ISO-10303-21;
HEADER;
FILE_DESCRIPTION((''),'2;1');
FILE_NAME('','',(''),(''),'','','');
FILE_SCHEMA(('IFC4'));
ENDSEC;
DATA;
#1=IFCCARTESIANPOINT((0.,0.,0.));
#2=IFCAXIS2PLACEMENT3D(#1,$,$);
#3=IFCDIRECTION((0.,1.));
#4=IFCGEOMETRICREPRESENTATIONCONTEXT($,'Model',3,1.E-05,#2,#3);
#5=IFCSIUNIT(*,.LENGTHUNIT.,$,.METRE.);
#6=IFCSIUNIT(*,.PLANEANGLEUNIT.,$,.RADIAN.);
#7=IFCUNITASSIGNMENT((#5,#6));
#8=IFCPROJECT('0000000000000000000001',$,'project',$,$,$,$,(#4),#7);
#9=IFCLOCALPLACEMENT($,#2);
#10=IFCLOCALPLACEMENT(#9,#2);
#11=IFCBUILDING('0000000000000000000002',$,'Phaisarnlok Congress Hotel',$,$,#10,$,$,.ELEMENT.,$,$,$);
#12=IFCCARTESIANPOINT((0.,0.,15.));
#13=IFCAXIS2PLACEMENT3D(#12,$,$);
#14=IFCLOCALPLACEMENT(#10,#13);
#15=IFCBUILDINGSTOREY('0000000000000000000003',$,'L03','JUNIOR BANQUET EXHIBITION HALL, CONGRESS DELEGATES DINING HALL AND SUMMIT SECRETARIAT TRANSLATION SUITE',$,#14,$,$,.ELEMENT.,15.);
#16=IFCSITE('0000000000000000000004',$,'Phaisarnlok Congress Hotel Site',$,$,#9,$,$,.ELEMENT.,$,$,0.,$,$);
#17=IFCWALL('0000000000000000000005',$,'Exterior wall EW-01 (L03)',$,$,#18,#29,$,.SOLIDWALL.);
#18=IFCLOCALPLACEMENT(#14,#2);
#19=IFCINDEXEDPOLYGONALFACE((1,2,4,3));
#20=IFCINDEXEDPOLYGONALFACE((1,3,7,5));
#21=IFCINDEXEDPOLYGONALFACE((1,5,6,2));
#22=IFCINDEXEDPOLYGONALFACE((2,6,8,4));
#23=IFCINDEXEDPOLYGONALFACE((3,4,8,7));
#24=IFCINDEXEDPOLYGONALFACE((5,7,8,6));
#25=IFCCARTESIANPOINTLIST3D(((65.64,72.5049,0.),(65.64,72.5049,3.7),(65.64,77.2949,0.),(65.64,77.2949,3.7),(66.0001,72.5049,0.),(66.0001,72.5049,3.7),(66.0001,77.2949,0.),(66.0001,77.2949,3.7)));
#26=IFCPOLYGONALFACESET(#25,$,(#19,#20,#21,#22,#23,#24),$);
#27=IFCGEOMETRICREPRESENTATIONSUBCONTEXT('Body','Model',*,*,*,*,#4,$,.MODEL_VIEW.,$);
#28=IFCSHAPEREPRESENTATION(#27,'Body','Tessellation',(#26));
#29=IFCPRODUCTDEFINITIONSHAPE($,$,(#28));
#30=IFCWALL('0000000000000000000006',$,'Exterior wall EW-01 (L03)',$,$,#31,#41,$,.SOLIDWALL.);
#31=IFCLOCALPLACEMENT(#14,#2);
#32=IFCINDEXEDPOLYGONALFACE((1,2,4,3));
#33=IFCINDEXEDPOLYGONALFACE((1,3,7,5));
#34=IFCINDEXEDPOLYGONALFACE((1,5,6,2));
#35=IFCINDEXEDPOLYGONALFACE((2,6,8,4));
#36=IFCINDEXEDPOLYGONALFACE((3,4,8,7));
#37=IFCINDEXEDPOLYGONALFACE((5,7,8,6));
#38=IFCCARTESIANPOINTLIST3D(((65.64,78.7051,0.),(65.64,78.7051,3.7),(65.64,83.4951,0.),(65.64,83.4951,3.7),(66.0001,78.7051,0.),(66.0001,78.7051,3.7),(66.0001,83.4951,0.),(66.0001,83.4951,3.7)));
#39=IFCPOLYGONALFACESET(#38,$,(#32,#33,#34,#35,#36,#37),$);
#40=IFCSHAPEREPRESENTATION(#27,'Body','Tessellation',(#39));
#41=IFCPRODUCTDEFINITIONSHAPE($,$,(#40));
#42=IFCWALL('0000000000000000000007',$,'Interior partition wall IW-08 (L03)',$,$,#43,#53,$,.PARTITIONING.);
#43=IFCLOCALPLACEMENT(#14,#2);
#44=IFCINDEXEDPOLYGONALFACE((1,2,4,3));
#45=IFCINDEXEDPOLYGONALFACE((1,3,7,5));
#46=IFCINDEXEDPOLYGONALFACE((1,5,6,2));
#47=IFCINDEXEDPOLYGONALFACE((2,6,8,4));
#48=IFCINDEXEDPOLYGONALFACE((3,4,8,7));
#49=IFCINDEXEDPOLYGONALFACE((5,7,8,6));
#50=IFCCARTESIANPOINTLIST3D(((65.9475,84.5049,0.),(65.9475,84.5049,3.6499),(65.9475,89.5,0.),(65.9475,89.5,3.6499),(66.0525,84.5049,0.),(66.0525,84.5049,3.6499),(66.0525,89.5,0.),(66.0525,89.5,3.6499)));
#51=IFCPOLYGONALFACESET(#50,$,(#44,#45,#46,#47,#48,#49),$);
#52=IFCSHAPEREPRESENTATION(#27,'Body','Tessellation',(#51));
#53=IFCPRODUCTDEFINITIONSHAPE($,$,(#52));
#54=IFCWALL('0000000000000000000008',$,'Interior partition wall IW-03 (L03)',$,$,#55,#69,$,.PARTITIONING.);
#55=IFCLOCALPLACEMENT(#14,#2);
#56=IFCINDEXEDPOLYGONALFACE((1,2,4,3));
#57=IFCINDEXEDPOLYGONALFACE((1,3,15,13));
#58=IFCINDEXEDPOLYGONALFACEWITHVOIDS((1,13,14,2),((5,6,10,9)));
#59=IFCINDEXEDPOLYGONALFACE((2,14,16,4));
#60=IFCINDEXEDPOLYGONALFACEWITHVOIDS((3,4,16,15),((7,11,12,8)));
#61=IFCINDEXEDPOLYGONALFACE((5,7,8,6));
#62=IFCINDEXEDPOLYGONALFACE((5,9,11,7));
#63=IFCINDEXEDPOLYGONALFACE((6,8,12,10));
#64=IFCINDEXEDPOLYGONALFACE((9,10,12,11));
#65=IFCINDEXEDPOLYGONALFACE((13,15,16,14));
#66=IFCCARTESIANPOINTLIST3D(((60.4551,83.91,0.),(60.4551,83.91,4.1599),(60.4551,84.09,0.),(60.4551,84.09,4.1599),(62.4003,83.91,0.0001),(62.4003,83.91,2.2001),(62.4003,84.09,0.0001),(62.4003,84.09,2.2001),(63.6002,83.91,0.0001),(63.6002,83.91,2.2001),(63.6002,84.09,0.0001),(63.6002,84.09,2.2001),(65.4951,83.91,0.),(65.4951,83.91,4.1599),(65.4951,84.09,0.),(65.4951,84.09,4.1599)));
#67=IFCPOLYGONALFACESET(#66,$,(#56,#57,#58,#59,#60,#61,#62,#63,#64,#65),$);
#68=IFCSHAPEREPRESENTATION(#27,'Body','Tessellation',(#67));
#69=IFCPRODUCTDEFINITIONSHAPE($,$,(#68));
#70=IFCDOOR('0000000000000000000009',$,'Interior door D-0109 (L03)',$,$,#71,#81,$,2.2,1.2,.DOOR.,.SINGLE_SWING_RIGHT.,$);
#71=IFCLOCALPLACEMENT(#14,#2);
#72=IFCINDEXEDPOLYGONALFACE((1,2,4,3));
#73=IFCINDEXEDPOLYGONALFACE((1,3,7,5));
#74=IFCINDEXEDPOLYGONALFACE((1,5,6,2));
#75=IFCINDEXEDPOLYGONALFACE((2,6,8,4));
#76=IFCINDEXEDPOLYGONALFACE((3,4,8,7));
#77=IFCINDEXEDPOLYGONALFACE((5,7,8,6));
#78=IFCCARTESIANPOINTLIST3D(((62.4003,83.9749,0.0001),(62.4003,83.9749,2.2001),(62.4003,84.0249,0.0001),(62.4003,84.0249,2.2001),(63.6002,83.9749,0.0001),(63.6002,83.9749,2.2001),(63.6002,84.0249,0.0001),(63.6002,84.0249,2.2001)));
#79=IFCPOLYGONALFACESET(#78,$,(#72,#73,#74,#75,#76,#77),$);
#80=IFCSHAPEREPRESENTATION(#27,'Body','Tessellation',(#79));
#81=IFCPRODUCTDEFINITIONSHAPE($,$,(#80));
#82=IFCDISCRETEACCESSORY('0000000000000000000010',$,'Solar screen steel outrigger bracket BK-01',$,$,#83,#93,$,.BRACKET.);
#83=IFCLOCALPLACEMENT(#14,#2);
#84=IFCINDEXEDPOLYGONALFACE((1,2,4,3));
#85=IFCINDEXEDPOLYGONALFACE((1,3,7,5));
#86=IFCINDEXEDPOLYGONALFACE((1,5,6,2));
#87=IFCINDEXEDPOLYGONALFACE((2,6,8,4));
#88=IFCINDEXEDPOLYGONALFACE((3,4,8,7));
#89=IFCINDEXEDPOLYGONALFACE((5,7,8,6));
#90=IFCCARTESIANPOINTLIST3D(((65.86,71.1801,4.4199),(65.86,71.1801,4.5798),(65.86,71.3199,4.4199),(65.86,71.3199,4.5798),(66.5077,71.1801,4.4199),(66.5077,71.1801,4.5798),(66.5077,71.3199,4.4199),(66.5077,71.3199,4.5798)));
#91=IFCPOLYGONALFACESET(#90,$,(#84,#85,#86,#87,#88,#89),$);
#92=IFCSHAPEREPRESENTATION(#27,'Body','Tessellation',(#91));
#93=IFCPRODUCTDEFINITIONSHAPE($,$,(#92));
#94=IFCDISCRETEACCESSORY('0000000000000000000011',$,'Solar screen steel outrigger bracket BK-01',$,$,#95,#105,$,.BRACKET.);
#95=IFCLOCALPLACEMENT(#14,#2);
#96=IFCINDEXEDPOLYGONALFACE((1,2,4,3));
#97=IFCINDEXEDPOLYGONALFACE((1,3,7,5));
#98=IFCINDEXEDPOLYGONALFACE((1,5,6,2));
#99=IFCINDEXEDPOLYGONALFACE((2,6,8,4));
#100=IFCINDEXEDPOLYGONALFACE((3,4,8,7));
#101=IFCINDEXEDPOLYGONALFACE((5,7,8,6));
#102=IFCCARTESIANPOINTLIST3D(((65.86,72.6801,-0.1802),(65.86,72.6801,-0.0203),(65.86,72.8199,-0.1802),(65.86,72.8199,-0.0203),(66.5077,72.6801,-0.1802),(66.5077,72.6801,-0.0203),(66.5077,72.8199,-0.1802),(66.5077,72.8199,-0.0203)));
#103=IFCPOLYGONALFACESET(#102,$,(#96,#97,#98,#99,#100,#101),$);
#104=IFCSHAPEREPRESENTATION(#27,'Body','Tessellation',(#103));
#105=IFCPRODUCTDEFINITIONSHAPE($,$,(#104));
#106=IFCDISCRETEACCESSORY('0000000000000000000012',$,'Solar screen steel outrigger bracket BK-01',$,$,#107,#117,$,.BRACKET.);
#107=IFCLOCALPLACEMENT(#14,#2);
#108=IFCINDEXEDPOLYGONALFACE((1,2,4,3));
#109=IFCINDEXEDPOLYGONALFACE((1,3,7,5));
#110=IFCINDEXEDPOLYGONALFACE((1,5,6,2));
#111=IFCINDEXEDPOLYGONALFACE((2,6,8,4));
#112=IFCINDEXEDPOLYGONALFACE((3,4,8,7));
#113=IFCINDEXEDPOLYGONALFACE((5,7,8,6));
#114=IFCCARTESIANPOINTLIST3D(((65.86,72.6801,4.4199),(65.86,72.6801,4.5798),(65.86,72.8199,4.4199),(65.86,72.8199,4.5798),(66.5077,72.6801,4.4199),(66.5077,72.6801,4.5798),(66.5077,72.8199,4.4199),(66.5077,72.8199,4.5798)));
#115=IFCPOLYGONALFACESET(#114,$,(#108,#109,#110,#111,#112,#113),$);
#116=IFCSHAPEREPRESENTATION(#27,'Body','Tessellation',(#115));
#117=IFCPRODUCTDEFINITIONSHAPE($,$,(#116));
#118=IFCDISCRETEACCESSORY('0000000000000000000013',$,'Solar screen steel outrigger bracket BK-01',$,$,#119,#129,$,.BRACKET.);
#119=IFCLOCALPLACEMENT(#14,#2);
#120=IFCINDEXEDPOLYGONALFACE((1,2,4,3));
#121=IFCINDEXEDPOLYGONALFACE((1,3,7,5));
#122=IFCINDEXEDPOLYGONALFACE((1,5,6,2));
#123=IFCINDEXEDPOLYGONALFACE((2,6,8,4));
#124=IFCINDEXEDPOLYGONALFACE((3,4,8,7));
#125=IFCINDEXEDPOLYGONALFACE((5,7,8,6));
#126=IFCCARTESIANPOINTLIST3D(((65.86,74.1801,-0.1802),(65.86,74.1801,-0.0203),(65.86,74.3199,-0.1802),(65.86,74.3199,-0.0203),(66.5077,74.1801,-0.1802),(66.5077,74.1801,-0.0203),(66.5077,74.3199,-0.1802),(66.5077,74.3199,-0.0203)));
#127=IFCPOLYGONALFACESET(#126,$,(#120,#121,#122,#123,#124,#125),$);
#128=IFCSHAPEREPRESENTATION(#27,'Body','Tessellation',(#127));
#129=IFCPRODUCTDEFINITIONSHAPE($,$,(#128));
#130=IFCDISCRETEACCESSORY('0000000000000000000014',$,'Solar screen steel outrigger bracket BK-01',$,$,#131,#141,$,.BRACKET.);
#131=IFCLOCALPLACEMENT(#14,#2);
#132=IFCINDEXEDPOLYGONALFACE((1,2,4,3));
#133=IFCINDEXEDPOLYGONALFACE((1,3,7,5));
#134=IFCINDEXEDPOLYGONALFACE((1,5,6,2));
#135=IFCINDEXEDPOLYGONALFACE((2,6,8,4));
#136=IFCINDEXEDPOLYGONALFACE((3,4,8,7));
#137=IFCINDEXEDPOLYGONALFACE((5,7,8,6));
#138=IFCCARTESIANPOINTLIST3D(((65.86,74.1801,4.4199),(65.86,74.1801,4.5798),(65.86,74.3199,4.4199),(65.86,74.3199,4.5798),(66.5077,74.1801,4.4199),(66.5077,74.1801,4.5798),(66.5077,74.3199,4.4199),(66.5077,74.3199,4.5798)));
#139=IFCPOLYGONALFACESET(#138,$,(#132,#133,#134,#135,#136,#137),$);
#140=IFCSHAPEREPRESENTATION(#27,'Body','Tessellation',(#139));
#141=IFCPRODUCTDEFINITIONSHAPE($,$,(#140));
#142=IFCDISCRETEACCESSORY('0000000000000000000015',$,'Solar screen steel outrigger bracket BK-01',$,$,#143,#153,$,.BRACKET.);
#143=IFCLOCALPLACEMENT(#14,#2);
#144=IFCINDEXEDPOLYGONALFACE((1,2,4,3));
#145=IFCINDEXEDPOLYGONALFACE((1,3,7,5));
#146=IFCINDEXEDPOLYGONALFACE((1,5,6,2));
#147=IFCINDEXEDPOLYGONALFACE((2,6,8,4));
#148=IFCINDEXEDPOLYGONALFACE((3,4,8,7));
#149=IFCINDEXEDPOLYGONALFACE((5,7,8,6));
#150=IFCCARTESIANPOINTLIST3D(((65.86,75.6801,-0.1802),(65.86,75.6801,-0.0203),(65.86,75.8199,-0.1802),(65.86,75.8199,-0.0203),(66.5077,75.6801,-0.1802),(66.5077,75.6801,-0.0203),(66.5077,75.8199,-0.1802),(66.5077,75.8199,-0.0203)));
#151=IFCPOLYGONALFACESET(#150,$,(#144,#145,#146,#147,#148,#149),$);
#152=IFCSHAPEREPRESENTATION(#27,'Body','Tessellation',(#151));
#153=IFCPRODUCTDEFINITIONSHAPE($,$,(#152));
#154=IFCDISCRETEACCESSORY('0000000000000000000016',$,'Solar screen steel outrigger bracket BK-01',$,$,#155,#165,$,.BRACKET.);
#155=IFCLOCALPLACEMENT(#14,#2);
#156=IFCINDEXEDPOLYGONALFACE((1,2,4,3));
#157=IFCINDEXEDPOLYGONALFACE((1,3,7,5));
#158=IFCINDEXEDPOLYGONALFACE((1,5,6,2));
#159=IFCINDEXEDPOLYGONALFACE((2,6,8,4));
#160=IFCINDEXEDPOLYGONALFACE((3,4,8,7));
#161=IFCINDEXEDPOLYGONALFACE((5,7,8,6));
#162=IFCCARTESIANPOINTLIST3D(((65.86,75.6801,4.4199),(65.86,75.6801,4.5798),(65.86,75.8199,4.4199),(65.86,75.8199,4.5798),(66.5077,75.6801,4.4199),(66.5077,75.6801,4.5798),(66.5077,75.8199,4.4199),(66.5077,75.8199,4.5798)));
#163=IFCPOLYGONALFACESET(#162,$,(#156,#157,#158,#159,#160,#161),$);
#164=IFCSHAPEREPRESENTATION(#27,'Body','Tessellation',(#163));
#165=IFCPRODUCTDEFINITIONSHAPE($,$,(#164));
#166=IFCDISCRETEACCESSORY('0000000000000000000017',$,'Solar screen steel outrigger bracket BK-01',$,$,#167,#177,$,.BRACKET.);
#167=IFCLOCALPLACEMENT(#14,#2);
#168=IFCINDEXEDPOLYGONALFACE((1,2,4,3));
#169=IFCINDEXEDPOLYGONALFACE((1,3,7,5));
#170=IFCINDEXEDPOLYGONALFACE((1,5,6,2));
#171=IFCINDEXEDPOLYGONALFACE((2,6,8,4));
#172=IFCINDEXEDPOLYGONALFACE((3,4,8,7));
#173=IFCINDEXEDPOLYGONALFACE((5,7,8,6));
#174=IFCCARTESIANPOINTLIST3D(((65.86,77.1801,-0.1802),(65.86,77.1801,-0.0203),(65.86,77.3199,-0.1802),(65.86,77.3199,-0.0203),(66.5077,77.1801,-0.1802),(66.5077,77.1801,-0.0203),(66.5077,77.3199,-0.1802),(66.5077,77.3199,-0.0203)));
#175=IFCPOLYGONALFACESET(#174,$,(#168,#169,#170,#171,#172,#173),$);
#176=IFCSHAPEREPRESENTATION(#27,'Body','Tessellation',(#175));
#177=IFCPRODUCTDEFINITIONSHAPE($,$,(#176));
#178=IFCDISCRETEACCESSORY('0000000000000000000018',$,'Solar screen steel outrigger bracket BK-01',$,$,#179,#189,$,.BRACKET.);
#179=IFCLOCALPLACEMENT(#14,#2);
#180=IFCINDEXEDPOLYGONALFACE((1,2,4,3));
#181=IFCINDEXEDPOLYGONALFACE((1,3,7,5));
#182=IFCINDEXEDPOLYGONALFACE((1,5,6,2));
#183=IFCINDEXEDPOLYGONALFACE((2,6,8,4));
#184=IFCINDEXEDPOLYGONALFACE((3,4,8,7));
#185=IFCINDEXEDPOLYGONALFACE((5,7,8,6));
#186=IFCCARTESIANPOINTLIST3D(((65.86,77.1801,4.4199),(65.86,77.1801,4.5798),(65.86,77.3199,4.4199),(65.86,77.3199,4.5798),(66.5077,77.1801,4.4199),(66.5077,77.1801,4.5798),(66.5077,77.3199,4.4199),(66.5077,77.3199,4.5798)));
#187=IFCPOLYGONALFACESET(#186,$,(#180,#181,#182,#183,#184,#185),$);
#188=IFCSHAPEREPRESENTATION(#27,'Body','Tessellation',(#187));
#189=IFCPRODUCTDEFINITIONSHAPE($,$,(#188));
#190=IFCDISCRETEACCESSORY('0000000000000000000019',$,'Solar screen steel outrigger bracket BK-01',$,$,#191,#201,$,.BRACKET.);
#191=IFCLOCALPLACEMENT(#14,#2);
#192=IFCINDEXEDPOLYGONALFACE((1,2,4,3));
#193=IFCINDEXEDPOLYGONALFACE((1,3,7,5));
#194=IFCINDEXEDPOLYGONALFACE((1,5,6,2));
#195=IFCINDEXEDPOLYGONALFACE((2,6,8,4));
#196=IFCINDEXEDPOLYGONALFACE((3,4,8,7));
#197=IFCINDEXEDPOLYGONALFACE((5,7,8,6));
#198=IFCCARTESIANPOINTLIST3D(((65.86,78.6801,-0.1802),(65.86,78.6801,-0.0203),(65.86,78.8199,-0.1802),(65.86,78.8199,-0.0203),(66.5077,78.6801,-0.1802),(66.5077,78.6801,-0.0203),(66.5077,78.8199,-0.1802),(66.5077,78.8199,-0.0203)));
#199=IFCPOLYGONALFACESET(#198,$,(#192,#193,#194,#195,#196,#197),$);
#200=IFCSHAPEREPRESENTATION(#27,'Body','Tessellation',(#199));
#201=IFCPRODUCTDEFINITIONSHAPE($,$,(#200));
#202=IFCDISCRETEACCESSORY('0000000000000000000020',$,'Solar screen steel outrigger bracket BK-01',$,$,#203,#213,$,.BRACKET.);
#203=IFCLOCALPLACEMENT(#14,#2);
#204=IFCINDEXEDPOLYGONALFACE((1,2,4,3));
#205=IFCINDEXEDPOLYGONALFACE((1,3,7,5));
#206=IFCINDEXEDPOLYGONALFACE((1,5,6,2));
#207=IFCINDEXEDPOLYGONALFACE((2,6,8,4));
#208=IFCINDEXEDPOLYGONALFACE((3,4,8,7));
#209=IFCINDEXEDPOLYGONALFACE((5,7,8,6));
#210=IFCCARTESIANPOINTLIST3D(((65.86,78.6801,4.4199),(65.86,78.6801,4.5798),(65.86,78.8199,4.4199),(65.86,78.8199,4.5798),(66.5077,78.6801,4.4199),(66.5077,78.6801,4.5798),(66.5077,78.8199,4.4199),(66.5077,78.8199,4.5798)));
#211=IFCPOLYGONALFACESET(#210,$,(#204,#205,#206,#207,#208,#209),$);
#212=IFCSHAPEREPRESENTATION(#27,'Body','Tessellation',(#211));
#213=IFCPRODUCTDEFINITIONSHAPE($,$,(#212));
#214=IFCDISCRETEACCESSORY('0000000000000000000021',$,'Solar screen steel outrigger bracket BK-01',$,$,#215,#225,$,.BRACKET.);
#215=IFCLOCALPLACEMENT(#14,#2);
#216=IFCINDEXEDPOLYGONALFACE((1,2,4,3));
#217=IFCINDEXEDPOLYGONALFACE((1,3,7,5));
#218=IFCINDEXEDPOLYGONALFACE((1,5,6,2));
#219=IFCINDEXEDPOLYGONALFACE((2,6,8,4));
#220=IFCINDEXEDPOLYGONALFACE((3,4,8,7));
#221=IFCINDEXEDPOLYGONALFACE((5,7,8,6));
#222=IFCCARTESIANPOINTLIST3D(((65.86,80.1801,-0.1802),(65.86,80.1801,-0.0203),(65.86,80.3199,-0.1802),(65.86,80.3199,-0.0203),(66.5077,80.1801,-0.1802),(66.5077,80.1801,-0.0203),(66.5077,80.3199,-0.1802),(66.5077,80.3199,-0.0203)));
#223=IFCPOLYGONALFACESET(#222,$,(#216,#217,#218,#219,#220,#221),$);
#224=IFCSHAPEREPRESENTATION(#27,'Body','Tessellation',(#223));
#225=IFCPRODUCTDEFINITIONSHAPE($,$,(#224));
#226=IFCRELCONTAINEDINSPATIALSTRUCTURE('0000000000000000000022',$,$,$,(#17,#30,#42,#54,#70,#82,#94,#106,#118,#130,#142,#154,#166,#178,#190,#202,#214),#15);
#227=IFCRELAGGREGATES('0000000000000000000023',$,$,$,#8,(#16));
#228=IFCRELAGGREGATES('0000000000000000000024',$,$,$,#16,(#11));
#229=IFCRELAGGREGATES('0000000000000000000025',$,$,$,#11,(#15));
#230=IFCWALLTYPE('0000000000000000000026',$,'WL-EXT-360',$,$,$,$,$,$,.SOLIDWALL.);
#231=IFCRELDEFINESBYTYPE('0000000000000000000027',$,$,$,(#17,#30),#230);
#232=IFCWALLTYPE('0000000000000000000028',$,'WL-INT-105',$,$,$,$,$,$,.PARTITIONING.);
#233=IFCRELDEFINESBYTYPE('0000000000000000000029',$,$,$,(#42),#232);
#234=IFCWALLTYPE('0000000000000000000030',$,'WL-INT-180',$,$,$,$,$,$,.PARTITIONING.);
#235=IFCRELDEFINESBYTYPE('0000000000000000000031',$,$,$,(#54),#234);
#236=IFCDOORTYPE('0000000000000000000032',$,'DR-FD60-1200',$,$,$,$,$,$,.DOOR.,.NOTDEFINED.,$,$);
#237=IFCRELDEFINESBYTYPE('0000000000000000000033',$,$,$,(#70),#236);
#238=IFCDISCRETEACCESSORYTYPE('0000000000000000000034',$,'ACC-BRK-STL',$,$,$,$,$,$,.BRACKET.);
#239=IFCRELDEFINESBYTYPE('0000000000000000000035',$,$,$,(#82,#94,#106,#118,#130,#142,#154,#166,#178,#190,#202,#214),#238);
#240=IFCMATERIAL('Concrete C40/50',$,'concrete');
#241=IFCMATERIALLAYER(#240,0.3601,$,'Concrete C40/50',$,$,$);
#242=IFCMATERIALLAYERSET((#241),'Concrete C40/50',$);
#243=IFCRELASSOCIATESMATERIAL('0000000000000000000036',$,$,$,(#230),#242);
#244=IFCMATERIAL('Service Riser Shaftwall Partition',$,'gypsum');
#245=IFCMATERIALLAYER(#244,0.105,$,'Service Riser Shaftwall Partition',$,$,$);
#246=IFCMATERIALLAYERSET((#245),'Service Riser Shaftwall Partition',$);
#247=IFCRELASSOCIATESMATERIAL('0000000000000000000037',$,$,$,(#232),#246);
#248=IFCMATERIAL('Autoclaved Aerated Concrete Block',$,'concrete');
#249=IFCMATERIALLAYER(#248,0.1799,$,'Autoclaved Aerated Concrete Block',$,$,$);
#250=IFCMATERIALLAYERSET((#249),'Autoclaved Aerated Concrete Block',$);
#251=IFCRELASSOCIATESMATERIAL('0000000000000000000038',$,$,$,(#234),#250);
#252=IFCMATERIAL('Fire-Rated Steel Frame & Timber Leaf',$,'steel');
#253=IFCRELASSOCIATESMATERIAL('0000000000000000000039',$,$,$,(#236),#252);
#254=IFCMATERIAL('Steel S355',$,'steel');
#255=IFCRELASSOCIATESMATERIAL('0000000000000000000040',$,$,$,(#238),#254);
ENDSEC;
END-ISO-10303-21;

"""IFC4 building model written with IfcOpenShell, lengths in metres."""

from ifc_helpers import new_model, si_unit, direction, frame, frame_2d, origin, origin_2d, place, context, subcontext, project, spatial, rectangle, extrude, material, layer, layer_set, type_object, element, fill, save


model = new_model("IFC4")

# Units and contexts
model_context = context("Model", 3, precision=1e-05, world=origin(), true_north=direction((0.0, 1.0)))
body_context = subcontext(model_context, "Body", "Model", "MODEL_VIEW")
ifc_project = project(units=[si_unit("LENGTHUNIT", "METRE"), si_unit("PLANEANGLEUNIT", "RADIAN")], contexts=[model_context])

# Site, building, storey
site_placement = place(None, origin())
site = spatial("IfcSite", under=ifc_project, at=site_placement, Name="Phaisarnlok Congress Hotel Site", CompositionType="ELEMENT", RefElevation=0.0)
building_placement = place(site_placement, origin())
building = spatial("IfcBuilding", under=site, at=building_placement, Name="Phaisarnlok Congress Hotel", CompositionType="ELEMENT")
storey_placement = place(building_placement, frame((0.0, 0.0, 15.0)))
storey = spatial("IfcBuildingStorey", under=building, at=storey_placement, Name="L03", Description="JUNIOR BANQUET EXHIBITION HALL, CONGRESS DELEGATES DINING HALL AND SUMMIT SECRETARIAT TRANSLATION SUITE", CompositionType="ELEMENT", Elevation=15.0)

# Shared definitions
ifc_material_1 = material(Name="Concrete C40/50", Category="concrete")
ifc_material_2 = material(Name="Steel S355", Category="steel")

# Walls
ifc_layer_1 = layer(ifc_material_1, 0.3601, Name="Concrete C40/50")
ifc_layer_set_1 = layer_set([ifc_layer_1], Name="Concrete C40/50")
wall_type_1 = type_object("IfcWallType", Name="WL-EXT-360", PredefinedType="SOLIDWALL", material=ifc_layer_set_1)
for number, where, z_axis, x_axis, name in (
    (1, (65.8201, 72.5049, 0.0), (0.0, 0.0, 1.0), (0.0, 1.0, 0.0), "Exterior wall EW-01 (L03)"),
    (2, (65.8201, 78.7051, 0.0), (0.0, 0.0, 1.0), (0.0, 1.0, 0.0), "Exterior wall EW-01 (L03)"),
):
    element("IfcWall", number, at=place(storey_placement, frame(where, z_axis=z_axis, x_axis=x_axis)), inside=storey, type_object=wall_type_1, Name=name, PredefinedType="SOLIDWALL", context=body_context, shape_type="SweptSolid", body=[
        extrude(rectangle(XDim=4.79, YDim=0.3601, at=frame_2d((2.395, 0.0))), origin(), (0.0, 0.0, 1.0), 3.7),
    ])
ifc_material_3 = material(Name="Service Riser Shaftwall Partition", Category="gypsum")
ifc_layer_2 = layer(ifc_material_3, 0.105, Name="Service Riser Shaftwall Partition")
ifc_layer_set_2 = layer_set([ifc_layer_2], Name="Service Riser Shaftwall Partition")
wall_type_2 = type_object("IfcWallType", Name="WL-INT-105", PredefinedType="PARTITIONING", material=ifc_layer_set_2)
wall_1_placement = place(storey_placement, frame((66.0, 84.5049, 0.0), z_axis=(0.0, 0.0, 1.0), x_axis=(0.0, 1.0, 0.0)))
element("IfcWall", 3, at=wall_1_placement, inside=storey, type_object=wall_type_2, Name="Interior partition wall IW-08 (L03)", PredefinedType="PARTITIONING", context=body_context, shape_type="SweptSolid", body=[
    extrude(rectangle(XDim=4.9951, YDim=0.105, at=frame_2d((2.4976, 0.0))), origin(), (0.0, 0.0, 1.0), 3.6499),
])

# Wall, opening, door
ifc_material_4 = material(Name="Autoclaved Aerated Concrete Block", Category="concrete")
ifc_layer_3 = layer(ifc_material_4, 0.1799, Name="Autoclaved Aerated Concrete Block")
ifc_layer_set_3 = layer_set([ifc_layer_3], Name="Autoclaved Aerated Concrete Block")
wall_type_3 = type_object("IfcWallType", Name="WL-INT-180", PredefinedType="PARTITIONING", material=ifc_layer_set_3)
wall_2_placement = place(storey_placement, frame((60.4551, 84.0, 0.0), z_axis=(0.0, 0.0, 1.0), x_axis=(1.0, 0.0, 0.0)))
wall_2 = element("IfcWall", 4, at=wall_2_placement, inside=storey, type_object=wall_type_3, Name="Interior partition wall IW-03 (L03)", PredefinedType="PARTITIONING", context=body_context, shape_type="SweptSolid", body=[
    extrude(rectangle(XDim=5.04, YDim=0.1799, at=frame_2d((2.52, 0.0))), origin(), (0.0, 0.0, 1.0), 4.1599),
])
opening_placement = place(wall_2_placement, frame((1.9451, 0.0, 0.0)))
opening = element("IfcOpeningElement", 5, at=opening_placement, cuts=wall_2, PredefinedType="OPENING", context=body_context, shape_type="SweptSolid", body=[
    extrude(rectangle(XDim=1.2, YDim=2.2, at=frame_2d((0.6001, 1.1001))), frame((0.0, 0.1001, 0.0), z_axis=(0.0, -1.0, 0.0), x_axis=(1.0, 0.0, 0.0)), (0.0, 0.0, 1.0), 0.2),
])
ifc_material_5 = material(Name="Fire-Rated Steel Frame & Timber Leaf", Category="steel")
door_type = type_object("IfcDoorType", Name="DR-FD60-1200", OperationType="NOTDEFINED", PredefinedType="DOOR", material=ifc_material_5)
door_placement = place(opening_placement, origin())
door = element("IfcDoor", 6, at=door_placement, inside=storey, type_object=door_type, Name="Interior door D-0109 (L03)", OperationType="SINGLE_SWING_RIGHT", OverallHeight=2.2, OverallWidth=1.2, PredefinedType="DOOR", context=body_context, shape_type="SweptSolid", body=[
    extrude(rectangle(XDim=1.2, YDim=2.2, at=frame_2d((0.6001, 1.1001))), frame((0.0, 0.0249, 0.0), z_axis=(0.0, -1.0, 0.0), x_axis=(1.0, 0.0, 0.0)), (0.0, 0.0, 1.0), 0.05),
])
fill(opening, door)

# Discrete accessories
discrete_accessory_type = type_object("IfcDiscreteAccessoryType", Name="ACC-BRK-STL", PredefinedType="BRACKET", material=ifc_material_2)
for number, where, z_axis, x_axis, name in (
    (7, (66.1838, 71.25, 4.4199), (0.0, 0.0, 1.0), (1.0, 0.0, 0.0), "Solar screen steel outrigger bracket BK-01"),
    (8, (66.1838, 72.75, -0.1802), (0.0, 0.0, 1.0), (1.0, 0.0, 0.0), "Solar screen steel outrigger bracket BK-01"),
    (9, (66.1838, 72.75, 4.4199), (0.0, 0.0, 1.0), (1.0, 0.0, 0.0), "Solar screen steel outrigger bracket BK-01"),
    (10, (66.1838, 74.25, -0.1802), (0.0, 0.0, 1.0), (1.0, 0.0, 0.0), "Solar screen steel outrigger bracket BK-01"),
    (11, (66.1838, 74.25, 4.4199), (0.0, 0.0, 1.0), (1.0, 0.0, 0.0), "Solar screen steel outrigger bracket BK-01"),
    (12, (66.1838, 75.75, -0.1802), (0.0, 0.0, 1.0), (1.0, 0.0, 0.0), "Solar screen steel outrigger bracket BK-01"),
    (13, (66.1838, 75.75, 4.4199), (0.0, 0.0, 1.0), (1.0, 0.0, 0.0), "Solar screen steel outrigger bracket BK-01"),
    (14, (66.1838, 77.25, -0.1802), (0.0, 0.0, 1.0), (1.0, 0.0, 0.0), "Solar screen steel outrigger bracket BK-01"),
    (15, (66.1838, 77.25, 4.4199), (0.0, 0.0, 1.0), (1.0, 0.0, 0.0), "Solar screen steel outrigger bracket BK-01"),
    (16, (66.1838, 78.75, -0.1802), (0.0, 0.0, 1.0), (1.0, 0.0, 0.0), "Solar screen steel outrigger bracket BK-01"),
    (17, (66.1838, 78.75, 4.4199), (0.0, 0.0, 1.0), (1.0, 0.0, 0.0), "Solar screen steel outrigger bracket BK-01"),
    (18, (66.1838, 80.25, -0.1802), (0.0, 0.0, 1.0), (1.0, 0.0, 0.0), "Solar screen steel outrigger bracket BK-01"),
):
    element("IfcDiscreteAccessory", number, at=place(storey_placement, frame(where, z_axis=z_axis, x_axis=x_axis)), inside=storey, type_object=discrete_accessory_type, Name=name, PredefinedType="BRACKET", context=body_context, shape_type="SweptSolid", body=[
        extrude(rectangle(XDim=0.6477, YDim=0.1399, at=origin_2d()), origin(), (0.0, 0.0, 1.0), 0.1599),
    ])

save(model, "model.ifc")
